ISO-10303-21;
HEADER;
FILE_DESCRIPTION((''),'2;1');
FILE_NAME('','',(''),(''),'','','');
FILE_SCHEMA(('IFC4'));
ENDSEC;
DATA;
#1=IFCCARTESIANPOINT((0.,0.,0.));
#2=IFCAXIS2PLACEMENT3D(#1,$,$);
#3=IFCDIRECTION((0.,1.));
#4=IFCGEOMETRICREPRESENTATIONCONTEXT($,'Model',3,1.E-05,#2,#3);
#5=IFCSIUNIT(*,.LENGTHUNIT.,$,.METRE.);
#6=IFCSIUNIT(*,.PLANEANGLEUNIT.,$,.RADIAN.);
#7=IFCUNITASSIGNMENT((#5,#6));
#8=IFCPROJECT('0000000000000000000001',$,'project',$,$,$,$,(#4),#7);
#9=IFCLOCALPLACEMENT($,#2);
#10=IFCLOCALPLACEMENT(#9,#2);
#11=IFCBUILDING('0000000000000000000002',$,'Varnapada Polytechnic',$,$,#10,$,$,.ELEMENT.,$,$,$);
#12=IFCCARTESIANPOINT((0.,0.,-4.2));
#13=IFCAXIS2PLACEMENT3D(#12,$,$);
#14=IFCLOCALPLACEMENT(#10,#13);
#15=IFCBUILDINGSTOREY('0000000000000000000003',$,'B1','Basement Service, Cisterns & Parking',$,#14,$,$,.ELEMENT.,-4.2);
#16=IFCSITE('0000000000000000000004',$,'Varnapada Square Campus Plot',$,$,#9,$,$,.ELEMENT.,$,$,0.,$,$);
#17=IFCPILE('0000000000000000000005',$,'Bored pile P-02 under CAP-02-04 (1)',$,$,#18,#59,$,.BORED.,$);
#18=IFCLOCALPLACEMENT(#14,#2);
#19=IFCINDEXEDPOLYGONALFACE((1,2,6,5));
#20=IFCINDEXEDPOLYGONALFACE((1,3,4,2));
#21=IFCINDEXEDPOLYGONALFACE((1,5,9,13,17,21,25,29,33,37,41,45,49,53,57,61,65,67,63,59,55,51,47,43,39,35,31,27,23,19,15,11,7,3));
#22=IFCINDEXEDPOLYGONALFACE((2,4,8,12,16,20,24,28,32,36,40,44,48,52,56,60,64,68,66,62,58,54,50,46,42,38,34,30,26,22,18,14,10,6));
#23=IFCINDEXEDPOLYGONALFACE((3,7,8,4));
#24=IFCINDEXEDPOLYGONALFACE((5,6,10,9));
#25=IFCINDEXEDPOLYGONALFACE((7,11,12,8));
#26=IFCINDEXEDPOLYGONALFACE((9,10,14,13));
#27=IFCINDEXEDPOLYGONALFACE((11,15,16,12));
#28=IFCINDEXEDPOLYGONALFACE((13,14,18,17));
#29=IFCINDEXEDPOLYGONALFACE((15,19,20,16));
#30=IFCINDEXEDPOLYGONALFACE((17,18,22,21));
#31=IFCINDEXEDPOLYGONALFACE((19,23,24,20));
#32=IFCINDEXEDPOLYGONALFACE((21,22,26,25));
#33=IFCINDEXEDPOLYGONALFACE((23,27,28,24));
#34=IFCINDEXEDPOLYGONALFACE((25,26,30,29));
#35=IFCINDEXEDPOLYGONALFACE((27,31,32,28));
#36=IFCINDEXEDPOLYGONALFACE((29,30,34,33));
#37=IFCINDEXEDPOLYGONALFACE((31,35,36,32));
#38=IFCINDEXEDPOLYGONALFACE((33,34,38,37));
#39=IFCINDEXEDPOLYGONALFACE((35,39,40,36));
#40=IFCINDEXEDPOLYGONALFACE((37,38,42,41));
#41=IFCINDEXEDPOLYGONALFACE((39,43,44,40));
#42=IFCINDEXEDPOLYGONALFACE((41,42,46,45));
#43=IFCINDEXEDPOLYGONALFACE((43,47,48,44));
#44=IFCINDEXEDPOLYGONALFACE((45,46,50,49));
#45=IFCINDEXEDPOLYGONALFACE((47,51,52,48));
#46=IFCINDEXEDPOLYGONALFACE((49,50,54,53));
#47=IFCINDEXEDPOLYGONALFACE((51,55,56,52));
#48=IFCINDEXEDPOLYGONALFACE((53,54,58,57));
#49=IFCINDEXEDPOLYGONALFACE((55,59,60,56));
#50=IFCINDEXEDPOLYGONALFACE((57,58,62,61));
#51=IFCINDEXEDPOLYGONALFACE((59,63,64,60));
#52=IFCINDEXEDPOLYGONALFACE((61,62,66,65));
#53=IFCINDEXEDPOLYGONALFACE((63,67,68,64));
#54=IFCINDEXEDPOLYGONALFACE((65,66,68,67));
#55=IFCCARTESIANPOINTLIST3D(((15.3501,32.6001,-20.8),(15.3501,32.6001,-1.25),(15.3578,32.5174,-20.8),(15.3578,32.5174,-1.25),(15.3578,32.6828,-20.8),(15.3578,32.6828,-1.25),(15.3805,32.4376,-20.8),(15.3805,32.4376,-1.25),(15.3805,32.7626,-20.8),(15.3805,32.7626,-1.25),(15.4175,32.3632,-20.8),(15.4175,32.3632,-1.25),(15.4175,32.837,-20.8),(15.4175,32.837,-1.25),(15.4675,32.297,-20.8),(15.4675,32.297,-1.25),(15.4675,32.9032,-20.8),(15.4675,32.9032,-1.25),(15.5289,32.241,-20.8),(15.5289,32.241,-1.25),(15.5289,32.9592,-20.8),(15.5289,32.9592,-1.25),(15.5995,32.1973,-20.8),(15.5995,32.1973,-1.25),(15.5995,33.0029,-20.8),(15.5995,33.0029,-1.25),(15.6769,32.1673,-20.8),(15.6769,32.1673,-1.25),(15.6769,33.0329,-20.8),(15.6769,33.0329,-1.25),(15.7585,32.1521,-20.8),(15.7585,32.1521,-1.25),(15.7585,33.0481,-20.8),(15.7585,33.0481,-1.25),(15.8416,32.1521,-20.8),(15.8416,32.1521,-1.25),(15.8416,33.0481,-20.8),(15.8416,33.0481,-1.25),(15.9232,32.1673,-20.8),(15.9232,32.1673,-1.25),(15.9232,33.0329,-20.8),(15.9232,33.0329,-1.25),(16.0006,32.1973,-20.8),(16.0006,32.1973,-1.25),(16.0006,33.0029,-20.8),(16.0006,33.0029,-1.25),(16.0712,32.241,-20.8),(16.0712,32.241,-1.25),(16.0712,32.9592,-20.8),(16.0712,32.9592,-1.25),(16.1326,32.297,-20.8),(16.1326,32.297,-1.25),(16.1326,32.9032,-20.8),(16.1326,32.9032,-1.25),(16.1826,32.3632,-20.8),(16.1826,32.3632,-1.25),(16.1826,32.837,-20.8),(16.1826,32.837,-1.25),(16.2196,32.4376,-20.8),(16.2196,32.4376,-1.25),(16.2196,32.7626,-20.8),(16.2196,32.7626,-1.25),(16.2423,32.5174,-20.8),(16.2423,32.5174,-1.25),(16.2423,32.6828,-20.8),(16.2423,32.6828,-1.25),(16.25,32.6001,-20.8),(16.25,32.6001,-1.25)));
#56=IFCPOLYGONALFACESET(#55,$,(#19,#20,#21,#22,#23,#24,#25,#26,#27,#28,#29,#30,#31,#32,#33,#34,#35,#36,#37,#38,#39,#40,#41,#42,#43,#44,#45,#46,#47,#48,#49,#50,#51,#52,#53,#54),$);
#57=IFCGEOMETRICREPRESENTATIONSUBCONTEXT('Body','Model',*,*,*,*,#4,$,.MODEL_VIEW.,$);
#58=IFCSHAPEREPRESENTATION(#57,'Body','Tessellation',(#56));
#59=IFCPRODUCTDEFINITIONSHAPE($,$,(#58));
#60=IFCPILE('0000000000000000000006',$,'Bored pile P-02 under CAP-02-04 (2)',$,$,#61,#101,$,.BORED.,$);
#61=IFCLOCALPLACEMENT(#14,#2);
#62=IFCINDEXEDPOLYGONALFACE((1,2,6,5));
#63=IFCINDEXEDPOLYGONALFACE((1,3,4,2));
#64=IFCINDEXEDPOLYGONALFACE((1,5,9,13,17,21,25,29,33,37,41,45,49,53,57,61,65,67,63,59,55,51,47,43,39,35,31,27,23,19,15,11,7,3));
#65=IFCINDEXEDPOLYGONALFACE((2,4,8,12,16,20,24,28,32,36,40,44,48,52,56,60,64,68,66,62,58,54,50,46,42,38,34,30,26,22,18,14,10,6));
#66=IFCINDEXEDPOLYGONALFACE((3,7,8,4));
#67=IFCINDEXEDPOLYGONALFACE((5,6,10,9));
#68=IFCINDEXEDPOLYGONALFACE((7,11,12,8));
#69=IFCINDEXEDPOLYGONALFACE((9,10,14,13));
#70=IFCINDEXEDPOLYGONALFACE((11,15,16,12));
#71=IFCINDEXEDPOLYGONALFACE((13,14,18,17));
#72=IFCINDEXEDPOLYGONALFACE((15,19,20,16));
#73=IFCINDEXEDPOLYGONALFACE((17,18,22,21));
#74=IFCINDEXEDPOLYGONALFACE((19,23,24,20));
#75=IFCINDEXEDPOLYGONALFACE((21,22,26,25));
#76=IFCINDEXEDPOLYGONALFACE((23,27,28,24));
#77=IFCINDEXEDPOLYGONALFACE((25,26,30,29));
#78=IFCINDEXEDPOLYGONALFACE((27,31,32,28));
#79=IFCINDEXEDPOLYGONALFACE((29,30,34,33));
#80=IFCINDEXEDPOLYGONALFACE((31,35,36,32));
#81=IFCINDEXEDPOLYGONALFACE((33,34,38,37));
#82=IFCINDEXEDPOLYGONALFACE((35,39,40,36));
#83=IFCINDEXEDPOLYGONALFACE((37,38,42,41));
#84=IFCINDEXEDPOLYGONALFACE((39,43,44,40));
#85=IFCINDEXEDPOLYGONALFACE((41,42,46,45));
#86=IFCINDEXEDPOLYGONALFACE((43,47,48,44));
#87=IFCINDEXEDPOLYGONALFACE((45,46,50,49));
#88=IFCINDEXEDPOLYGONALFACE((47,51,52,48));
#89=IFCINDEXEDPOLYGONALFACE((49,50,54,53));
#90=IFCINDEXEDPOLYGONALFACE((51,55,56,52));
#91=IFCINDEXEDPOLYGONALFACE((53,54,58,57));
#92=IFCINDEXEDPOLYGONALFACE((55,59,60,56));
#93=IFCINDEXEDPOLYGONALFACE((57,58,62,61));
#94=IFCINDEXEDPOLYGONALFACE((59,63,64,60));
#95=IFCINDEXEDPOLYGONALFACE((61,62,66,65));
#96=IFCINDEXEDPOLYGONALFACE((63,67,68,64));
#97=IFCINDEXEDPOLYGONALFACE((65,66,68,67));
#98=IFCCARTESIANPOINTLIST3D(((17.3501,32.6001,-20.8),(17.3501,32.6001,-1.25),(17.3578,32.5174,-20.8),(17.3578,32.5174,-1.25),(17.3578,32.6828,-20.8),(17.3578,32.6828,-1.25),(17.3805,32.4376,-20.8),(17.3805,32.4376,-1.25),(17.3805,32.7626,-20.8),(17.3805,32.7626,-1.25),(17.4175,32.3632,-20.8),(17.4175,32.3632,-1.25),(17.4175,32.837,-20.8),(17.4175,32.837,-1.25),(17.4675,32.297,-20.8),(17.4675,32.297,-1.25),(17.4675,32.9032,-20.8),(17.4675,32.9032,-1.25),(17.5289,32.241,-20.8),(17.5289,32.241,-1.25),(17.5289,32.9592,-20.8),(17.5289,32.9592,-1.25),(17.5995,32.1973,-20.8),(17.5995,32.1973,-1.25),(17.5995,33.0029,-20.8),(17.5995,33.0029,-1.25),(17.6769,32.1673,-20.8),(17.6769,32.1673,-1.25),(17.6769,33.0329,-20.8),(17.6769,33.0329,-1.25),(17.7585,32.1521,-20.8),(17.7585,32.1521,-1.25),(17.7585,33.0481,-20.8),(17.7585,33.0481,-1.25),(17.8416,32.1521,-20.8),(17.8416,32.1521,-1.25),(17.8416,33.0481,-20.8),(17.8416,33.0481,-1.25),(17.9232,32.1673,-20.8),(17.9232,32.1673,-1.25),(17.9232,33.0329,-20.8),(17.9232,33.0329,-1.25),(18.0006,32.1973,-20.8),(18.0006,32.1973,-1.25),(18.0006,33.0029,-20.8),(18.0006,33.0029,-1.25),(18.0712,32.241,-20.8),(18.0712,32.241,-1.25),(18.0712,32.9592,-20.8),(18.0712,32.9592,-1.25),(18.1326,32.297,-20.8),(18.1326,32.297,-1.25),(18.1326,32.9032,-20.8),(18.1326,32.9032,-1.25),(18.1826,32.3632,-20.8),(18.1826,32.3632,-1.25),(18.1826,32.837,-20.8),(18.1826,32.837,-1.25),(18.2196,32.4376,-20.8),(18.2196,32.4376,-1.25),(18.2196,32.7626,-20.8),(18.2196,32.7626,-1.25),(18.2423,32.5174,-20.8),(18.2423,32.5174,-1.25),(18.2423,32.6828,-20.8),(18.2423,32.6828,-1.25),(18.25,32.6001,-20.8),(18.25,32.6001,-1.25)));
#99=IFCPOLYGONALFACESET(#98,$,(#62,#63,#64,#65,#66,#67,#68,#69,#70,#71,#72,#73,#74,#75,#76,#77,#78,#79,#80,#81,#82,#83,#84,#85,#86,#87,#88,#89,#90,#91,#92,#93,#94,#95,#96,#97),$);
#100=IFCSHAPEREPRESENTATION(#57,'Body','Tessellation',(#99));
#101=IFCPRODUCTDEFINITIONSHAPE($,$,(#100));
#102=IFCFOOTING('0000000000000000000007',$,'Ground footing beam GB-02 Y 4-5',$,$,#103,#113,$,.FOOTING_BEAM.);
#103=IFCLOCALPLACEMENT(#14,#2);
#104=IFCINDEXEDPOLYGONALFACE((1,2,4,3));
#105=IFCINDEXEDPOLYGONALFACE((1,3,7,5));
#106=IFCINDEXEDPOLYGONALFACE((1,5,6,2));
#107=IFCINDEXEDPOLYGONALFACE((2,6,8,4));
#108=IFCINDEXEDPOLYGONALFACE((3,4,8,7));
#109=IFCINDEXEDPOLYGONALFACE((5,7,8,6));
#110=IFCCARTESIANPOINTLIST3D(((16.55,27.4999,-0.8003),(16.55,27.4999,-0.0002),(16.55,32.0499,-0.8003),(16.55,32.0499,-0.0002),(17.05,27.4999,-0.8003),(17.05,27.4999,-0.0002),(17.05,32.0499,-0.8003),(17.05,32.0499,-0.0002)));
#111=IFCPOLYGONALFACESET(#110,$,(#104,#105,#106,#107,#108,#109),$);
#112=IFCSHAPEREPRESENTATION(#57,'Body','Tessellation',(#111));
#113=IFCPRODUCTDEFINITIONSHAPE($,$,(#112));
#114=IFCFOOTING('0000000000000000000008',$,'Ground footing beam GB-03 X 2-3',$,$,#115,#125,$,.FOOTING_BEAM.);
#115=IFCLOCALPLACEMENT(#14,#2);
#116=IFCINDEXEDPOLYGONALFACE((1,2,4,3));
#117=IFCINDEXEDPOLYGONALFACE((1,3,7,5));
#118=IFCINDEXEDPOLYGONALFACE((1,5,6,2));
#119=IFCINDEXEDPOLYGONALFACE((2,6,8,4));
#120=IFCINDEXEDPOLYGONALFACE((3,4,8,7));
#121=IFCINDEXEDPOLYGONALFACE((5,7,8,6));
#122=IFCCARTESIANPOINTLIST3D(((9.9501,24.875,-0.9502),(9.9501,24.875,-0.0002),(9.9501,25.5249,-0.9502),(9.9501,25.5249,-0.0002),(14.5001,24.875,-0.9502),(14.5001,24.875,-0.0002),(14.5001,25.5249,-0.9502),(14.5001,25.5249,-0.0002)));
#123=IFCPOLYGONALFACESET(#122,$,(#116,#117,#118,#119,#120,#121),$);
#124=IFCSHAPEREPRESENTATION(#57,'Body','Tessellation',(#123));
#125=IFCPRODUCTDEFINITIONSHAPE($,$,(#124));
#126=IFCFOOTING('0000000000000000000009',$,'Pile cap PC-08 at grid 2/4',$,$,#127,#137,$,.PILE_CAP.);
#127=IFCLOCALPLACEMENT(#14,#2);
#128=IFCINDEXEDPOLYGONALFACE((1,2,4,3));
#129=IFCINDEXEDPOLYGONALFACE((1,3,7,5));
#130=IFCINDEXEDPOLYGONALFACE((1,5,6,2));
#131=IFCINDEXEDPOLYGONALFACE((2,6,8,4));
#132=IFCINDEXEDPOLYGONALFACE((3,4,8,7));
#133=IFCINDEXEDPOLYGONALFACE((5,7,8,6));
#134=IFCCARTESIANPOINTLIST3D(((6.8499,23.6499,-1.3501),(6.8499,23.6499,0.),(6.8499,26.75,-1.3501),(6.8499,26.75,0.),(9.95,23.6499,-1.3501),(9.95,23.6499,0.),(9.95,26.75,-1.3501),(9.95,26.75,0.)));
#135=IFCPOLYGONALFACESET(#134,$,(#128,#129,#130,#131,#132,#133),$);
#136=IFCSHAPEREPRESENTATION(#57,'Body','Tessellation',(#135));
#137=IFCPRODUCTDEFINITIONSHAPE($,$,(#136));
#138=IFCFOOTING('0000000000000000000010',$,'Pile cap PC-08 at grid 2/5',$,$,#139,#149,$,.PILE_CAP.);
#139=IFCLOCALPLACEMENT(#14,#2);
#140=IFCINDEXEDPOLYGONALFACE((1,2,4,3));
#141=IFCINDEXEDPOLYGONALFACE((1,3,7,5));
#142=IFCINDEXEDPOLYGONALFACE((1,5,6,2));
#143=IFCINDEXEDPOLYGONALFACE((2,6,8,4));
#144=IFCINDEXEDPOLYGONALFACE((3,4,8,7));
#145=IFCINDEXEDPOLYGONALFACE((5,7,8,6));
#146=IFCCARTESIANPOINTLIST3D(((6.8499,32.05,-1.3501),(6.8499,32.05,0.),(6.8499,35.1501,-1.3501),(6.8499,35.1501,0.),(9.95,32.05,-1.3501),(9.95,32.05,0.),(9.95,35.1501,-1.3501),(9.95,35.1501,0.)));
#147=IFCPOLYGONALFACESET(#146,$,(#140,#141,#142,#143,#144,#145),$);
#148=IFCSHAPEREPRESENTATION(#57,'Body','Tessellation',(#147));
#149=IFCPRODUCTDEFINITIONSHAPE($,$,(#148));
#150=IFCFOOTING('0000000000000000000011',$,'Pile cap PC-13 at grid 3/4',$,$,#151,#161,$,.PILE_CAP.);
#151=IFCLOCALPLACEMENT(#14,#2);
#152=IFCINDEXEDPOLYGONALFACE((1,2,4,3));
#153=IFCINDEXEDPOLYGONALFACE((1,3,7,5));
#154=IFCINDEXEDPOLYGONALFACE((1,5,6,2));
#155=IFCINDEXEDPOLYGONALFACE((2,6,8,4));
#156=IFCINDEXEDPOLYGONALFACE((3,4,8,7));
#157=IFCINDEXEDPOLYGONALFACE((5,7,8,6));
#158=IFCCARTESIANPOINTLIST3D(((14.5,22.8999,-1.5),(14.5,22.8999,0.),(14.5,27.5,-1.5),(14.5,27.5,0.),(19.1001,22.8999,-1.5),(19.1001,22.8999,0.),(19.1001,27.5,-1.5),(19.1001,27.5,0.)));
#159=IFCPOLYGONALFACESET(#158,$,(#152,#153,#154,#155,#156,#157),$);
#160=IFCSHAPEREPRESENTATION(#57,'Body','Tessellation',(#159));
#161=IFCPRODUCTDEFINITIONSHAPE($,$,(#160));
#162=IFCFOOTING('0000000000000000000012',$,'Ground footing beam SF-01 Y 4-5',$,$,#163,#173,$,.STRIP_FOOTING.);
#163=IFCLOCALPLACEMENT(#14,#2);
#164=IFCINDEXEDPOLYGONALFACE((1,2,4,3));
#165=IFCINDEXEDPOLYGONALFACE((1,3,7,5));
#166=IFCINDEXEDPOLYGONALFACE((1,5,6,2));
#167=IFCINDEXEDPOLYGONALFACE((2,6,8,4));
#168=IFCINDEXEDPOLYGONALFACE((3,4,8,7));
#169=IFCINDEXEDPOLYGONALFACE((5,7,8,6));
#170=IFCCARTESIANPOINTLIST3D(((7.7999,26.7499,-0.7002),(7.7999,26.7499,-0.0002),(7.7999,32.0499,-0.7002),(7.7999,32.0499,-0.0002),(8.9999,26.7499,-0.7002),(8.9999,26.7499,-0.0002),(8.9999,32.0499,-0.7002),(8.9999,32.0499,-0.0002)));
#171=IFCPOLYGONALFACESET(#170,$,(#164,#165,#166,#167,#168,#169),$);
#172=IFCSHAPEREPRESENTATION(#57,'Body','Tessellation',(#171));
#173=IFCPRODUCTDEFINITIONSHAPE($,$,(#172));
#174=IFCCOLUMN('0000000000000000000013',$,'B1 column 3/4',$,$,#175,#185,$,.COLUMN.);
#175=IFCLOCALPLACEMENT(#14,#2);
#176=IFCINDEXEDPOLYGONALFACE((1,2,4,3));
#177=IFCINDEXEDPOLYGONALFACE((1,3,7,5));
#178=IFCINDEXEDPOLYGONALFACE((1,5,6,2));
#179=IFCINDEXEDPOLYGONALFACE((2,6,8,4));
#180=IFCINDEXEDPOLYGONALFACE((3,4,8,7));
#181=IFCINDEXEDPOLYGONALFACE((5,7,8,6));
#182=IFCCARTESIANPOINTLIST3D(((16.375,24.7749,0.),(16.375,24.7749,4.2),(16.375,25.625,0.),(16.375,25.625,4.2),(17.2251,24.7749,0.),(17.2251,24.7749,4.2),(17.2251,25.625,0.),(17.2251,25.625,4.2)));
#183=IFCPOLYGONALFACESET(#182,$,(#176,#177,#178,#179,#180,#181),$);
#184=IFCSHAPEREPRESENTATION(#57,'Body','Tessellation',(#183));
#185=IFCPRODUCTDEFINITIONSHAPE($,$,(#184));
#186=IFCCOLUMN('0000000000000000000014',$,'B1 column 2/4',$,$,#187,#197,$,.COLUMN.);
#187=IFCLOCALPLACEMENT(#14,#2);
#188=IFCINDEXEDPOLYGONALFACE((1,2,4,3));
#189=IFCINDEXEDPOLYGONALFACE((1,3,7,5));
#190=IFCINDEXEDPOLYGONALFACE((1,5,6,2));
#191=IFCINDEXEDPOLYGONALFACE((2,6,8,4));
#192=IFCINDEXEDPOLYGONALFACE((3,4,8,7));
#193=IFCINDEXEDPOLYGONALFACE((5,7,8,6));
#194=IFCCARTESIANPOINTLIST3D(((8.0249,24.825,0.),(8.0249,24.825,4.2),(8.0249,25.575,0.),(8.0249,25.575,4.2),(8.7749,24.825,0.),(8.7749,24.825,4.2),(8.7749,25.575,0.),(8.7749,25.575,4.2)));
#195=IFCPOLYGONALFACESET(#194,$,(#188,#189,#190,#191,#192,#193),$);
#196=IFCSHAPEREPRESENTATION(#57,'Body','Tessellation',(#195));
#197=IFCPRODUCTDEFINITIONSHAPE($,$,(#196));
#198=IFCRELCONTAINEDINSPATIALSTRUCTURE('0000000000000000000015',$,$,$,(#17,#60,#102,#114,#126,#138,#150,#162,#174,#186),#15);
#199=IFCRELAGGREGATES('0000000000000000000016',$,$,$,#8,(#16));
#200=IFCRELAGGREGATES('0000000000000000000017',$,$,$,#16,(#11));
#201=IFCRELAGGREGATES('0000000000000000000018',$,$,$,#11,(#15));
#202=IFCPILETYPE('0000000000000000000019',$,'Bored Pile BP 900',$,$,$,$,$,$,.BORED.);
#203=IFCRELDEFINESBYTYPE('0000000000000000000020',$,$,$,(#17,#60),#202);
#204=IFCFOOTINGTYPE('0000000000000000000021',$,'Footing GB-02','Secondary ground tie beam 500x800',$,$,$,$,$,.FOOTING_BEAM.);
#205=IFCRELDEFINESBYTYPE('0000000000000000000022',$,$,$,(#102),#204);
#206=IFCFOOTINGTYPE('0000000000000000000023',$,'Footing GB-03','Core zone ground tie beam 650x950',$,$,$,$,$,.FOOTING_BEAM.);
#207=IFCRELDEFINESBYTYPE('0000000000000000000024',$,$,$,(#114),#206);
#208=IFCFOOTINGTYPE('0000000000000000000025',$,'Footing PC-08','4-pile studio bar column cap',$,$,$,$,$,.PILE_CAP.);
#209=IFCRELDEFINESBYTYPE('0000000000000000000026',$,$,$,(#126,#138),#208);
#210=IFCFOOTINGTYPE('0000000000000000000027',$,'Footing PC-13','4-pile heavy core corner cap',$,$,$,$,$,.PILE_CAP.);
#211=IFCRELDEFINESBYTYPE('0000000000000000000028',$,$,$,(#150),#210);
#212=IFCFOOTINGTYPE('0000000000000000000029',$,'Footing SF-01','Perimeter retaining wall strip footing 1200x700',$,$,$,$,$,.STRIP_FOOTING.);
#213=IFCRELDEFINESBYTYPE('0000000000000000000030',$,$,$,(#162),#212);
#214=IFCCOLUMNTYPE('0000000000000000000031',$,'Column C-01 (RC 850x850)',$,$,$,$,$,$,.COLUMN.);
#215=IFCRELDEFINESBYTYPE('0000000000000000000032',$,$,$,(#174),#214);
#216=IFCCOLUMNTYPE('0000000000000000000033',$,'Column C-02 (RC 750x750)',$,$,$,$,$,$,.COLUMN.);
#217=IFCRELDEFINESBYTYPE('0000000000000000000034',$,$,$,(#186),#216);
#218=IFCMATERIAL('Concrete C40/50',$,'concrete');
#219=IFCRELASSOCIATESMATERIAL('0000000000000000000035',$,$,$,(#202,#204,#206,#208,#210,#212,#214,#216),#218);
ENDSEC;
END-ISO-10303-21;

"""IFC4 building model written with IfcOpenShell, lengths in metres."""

from ifc_helpers import new_model, si_unit, direction, frame, origin, origin_2d, place, context, subcontext, project, spatial, rectangle, circle, extrude, material, material_profile, profile_set, type_object, element, save


model = new_model("IFC4")

# Units and contexts
model_context = context("Model", 3, precision=1e-05, world=origin(), true_north=direction((0.0, 1.0)))
body_context = subcontext(model_context, "Body", "Model", "MODEL_VIEW")
ifc_project = project(units=[si_unit("LENGTHUNIT", "METRE"), si_unit("PLANEANGLEUNIT", "RADIAN")], contexts=[model_context])

# Site, building, storey
site_placement = place(None, origin())
site = spatial("IfcSite", under=ifc_project, at=site_placement, Name="Varnapada Square Campus Plot", CompositionType="ELEMENT", RefElevation=0.0)
building_placement = place(site_placement, origin())
building = spatial("IfcBuilding", under=site, at=building_placement, Name="Varnapada Polytechnic", CompositionType="ELEMENT")
storey_placement = place(building_placement, frame((0.0, 0.0, -4.2)))
storey = spatial("IfcBuildingStorey", under=building, at=storey_placement, Name="B1", Description="Basement Service, Cisterns & Parking", CompositionType="ELEMENT", Elevation=-4.2)

# Piles
ifc_material_1 = material(Name="Concrete C40/50", Category="concrete")
ifc_material_profile_1 = material_profile(ifc_material_1, circle(Radius=0.45, at=origin_2d()), Name="BP 900")
ifc_profile_set_1 = profile_set([ifc_material_profile_1], Name="Concrete C40/50")
pile_type_1 = type_object("IfcPileType", Name="Bored Pile BP 900", PredefinedType="BORED", material=ifc_profile_set_1)
for number, where, z_axis, x_axis, name in (
    (1, (15.8, 32.6001, -1.25), (0.0, 0.0, -1.0), (1.0, 0.0, 0.0), "Bored pile P-02 under CAP-02-04 (1)"),
    (2, (17.8, 32.6001, -1.25), (0.0, 0.0, -1.0), (1.0, 0.0, 0.0), "Bored pile P-02 under CAP-02-04 (2)"),
):
    element("IfcPile", number, at=place(storey_placement, frame(where, z_axis=z_axis, x_axis=x_axis)), inside=storey, type_object=pile_type_1, Name=name, PredefinedType="BORED", context=body_context, shape_type="SweptSolid", body=[
        extrude(circle(Radius=0.45, at=origin_2d()), origin(), (0.0, 0.0, 1.0), 19.55),
    ])

# Footings
footing_type_1 = type_object("IfcFootingType", Name="Footing GB-02", Description="Secondary ground tie beam 500x800", PredefinedType="FOOTING_BEAM", material=ifc_material_1)
footing_1_placement = place(storey_placement, frame((16.8, 29.7749, -0.8003), z_axis=(0.0, 0.0, 1.0), x_axis=(0.0, 1.0, 0.0)))
element("IfcFooting", 3, at=footing_1_placement, inside=storey, type_object=footing_type_1, Name="Ground footing beam GB-02 Y 4-5", PredefinedType="FOOTING_BEAM", context=body_context, shape_type="SweptSolid", body=[
    extrude(rectangle(XDim=4.55, YDim=0.5, at=origin_2d()), origin(), (0.0, 0.0, 1.0), 0.8),
])
footing_type_2 = type_object("IfcFootingType", Name="Footing GB-03", Description="Core zone ground tie beam 650x950", PredefinedType="FOOTING_BEAM", material=ifc_material_1)
footing_2_placement = place(storey_placement, frame((12.2251, 25.2, -0.9502), z_axis=(0.0, 0.0, 1.0), x_axis=(1.0, 0.0, 0.0)))
element("IfcFooting", 4, at=footing_2_placement, inside=storey, type_object=footing_type_2, Name="Ground footing beam GB-03 X 2-3", PredefinedType="FOOTING_BEAM", context=body_context, shape_type="SweptSolid", body=[
    extrude(rectangle(XDim=4.55, YDim=0.6499, at=origin_2d()), origin(), (0.0, 0.0, 1.0), 0.95),
])
footing_type_3 = type_object("IfcFootingType", Name="Footing PC-08", Description="4-pile studio bar column cap", PredefinedType="PILE_CAP", material=ifc_material_1)
for number, where, z_axis, x_axis, name in (
    (5, (8.3999, 25.2, -1.3501), (0.0, 0.0, 1.0), (1.0, 0.0, 0.0), "Pile cap PC-08 at grid 2/4"),
    (6, (8.3999, 33.6001, -1.3501), (0.0, 0.0, 1.0), (1.0, 0.0, 0.0), "Pile cap PC-08 at grid 2/5"),
):
    element("IfcFooting", number, at=place(storey_placement, frame(where, z_axis=z_axis, x_axis=x_axis)), inside=storey, type_object=footing_type_3, Name=name, PredefinedType="PILE_CAP", context=body_context, shape_type="SweptSolid", body=[
        extrude(rectangle(XDim=3.1001, YDim=3.1001, at=origin_2d()), origin(), (0.0, 0.0, 1.0), 1.3501),
    ])
footing_type_4 = type_object("IfcFootingType", Name="Footing PC-13", Description="4-pile heavy core corner cap", PredefinedType="PILE_CAP", material=ifc_material_1)
footing_3_placement = place(storey_placement, frame((16.8, 25.2, -1.5), z_axis=(0.0, 0.0, 1.0), x_axis=(1.0, 0.0, 0.0)))
element("IfcFooting", 7, at=footing_3_placement, inside=storey, type_object=footing_type_4, Name="Pile cap PC-13 at grid 3/4", PredefinedType="PILE_CAP", context=body_context, shape_type="SweptSolid", body=[
    extrude(rectangle(XDim=4.6001, YDim=4.6001, at=origin_2d()), origin(), (0.0, 0.0, 1.0), 1.5),
])
footing_type_5 = type_object("IfcFootingType", Name="Footing SF-01", Description="Perimeter retaining wall strip footing 1200x700", PredefinedType="STRIP_FOOTING", material=ifc_material_1)
footing_4_placement = place(storey_placement, frame((8.3999, 29.3999, -0.7002), z_axis=(0.0, 0.0, 1.0), x_axis=(0.0, 1.0, 0.0)))
element("IfcFooting", 8, at=footing_4_placement, inside=storey, type_object=footing_type_5, Name="Ground footing beam SF-01 Y 4-5", PredefinedType="STRIP_FOOTING", context=body_context, shape_type="SweptSolid", body=[
    extrude(rectangle(XDim=5.3, YDim=1.2, at=origin_2d()), origin(), (0.0, 0.0, 1.0), 0.7),
])

# Columns
ifc_material_profile_2 = material_profile(ifc_material_1, rectangle(XDim=0.8501, YDim=0.8501, at=origin_2d()), Name="RC 850x850")
ifc_profile_set_2 = profile_set([ifc_material_profile_2], Name="Concrete C40/50")
column_type_1 = type_object("IfcColumnType", Name="Column C-01 (RC 850x850)", PredefinedType="COLUMN", material=ifc_profile_set_2)
column_placement = place(storey_placement, frame((16.8, 25.2, 0.0), z_axis=(0.0, 0.0, 1.0), x_axis=(1.0, 0.0, 0.0)))
element("IfcColumn", 9, at=column_placement, inside=storey, type_object=column_type_1, Name="B1 column 3/4", PredefinedType="COLUMN", context=body_context, shape_type="SweptSolid", body=[
    extrude(rectangle(XDim=0.8501, YDim=0.8501, at=origin_2d()), origin(), (0.0, 0.0, 1.0), 4.2),
])
ifc_material_profile_3 = material_profile(ifc_material_1, rectangle(XDim=0.75, YDim=0.75, at=origin_2d()), Name="RC 750x750")
ifc_profile_set_3 = profile_set([ifc_material_profile_3], Name="Concrete C40/50")
column_type_2 = type_object("IfcColumnType", Name="Column C-02 (RC 750x750)", PredefinedType="COLUMN", material=ifc_profile_set_3)
for number, where, z_axis, x_axis, name in (
    (10, (8.3999, 25.2, 0.0), (0.0, 0.0, 1.0), (1.0, 0.0, 0.0), "B1 column 2/4"),
):
    element("IfcColumn", number, at=place(storey_placement, frame(where, z_axis=z_axis, x_axis=x_axis)), inside=storey, type_object=column_type_2, Name=name, PredefinedType="COLUMN", context=body_context, shape_type="SweptSolid", body=[
        extrude(rectangle(XDim=0.75, YDim=0.75, at=origin_2d()), origin(), (0.0, 0.0, 1.0), 4.2),
    ])

save(model, "model.ifc")
